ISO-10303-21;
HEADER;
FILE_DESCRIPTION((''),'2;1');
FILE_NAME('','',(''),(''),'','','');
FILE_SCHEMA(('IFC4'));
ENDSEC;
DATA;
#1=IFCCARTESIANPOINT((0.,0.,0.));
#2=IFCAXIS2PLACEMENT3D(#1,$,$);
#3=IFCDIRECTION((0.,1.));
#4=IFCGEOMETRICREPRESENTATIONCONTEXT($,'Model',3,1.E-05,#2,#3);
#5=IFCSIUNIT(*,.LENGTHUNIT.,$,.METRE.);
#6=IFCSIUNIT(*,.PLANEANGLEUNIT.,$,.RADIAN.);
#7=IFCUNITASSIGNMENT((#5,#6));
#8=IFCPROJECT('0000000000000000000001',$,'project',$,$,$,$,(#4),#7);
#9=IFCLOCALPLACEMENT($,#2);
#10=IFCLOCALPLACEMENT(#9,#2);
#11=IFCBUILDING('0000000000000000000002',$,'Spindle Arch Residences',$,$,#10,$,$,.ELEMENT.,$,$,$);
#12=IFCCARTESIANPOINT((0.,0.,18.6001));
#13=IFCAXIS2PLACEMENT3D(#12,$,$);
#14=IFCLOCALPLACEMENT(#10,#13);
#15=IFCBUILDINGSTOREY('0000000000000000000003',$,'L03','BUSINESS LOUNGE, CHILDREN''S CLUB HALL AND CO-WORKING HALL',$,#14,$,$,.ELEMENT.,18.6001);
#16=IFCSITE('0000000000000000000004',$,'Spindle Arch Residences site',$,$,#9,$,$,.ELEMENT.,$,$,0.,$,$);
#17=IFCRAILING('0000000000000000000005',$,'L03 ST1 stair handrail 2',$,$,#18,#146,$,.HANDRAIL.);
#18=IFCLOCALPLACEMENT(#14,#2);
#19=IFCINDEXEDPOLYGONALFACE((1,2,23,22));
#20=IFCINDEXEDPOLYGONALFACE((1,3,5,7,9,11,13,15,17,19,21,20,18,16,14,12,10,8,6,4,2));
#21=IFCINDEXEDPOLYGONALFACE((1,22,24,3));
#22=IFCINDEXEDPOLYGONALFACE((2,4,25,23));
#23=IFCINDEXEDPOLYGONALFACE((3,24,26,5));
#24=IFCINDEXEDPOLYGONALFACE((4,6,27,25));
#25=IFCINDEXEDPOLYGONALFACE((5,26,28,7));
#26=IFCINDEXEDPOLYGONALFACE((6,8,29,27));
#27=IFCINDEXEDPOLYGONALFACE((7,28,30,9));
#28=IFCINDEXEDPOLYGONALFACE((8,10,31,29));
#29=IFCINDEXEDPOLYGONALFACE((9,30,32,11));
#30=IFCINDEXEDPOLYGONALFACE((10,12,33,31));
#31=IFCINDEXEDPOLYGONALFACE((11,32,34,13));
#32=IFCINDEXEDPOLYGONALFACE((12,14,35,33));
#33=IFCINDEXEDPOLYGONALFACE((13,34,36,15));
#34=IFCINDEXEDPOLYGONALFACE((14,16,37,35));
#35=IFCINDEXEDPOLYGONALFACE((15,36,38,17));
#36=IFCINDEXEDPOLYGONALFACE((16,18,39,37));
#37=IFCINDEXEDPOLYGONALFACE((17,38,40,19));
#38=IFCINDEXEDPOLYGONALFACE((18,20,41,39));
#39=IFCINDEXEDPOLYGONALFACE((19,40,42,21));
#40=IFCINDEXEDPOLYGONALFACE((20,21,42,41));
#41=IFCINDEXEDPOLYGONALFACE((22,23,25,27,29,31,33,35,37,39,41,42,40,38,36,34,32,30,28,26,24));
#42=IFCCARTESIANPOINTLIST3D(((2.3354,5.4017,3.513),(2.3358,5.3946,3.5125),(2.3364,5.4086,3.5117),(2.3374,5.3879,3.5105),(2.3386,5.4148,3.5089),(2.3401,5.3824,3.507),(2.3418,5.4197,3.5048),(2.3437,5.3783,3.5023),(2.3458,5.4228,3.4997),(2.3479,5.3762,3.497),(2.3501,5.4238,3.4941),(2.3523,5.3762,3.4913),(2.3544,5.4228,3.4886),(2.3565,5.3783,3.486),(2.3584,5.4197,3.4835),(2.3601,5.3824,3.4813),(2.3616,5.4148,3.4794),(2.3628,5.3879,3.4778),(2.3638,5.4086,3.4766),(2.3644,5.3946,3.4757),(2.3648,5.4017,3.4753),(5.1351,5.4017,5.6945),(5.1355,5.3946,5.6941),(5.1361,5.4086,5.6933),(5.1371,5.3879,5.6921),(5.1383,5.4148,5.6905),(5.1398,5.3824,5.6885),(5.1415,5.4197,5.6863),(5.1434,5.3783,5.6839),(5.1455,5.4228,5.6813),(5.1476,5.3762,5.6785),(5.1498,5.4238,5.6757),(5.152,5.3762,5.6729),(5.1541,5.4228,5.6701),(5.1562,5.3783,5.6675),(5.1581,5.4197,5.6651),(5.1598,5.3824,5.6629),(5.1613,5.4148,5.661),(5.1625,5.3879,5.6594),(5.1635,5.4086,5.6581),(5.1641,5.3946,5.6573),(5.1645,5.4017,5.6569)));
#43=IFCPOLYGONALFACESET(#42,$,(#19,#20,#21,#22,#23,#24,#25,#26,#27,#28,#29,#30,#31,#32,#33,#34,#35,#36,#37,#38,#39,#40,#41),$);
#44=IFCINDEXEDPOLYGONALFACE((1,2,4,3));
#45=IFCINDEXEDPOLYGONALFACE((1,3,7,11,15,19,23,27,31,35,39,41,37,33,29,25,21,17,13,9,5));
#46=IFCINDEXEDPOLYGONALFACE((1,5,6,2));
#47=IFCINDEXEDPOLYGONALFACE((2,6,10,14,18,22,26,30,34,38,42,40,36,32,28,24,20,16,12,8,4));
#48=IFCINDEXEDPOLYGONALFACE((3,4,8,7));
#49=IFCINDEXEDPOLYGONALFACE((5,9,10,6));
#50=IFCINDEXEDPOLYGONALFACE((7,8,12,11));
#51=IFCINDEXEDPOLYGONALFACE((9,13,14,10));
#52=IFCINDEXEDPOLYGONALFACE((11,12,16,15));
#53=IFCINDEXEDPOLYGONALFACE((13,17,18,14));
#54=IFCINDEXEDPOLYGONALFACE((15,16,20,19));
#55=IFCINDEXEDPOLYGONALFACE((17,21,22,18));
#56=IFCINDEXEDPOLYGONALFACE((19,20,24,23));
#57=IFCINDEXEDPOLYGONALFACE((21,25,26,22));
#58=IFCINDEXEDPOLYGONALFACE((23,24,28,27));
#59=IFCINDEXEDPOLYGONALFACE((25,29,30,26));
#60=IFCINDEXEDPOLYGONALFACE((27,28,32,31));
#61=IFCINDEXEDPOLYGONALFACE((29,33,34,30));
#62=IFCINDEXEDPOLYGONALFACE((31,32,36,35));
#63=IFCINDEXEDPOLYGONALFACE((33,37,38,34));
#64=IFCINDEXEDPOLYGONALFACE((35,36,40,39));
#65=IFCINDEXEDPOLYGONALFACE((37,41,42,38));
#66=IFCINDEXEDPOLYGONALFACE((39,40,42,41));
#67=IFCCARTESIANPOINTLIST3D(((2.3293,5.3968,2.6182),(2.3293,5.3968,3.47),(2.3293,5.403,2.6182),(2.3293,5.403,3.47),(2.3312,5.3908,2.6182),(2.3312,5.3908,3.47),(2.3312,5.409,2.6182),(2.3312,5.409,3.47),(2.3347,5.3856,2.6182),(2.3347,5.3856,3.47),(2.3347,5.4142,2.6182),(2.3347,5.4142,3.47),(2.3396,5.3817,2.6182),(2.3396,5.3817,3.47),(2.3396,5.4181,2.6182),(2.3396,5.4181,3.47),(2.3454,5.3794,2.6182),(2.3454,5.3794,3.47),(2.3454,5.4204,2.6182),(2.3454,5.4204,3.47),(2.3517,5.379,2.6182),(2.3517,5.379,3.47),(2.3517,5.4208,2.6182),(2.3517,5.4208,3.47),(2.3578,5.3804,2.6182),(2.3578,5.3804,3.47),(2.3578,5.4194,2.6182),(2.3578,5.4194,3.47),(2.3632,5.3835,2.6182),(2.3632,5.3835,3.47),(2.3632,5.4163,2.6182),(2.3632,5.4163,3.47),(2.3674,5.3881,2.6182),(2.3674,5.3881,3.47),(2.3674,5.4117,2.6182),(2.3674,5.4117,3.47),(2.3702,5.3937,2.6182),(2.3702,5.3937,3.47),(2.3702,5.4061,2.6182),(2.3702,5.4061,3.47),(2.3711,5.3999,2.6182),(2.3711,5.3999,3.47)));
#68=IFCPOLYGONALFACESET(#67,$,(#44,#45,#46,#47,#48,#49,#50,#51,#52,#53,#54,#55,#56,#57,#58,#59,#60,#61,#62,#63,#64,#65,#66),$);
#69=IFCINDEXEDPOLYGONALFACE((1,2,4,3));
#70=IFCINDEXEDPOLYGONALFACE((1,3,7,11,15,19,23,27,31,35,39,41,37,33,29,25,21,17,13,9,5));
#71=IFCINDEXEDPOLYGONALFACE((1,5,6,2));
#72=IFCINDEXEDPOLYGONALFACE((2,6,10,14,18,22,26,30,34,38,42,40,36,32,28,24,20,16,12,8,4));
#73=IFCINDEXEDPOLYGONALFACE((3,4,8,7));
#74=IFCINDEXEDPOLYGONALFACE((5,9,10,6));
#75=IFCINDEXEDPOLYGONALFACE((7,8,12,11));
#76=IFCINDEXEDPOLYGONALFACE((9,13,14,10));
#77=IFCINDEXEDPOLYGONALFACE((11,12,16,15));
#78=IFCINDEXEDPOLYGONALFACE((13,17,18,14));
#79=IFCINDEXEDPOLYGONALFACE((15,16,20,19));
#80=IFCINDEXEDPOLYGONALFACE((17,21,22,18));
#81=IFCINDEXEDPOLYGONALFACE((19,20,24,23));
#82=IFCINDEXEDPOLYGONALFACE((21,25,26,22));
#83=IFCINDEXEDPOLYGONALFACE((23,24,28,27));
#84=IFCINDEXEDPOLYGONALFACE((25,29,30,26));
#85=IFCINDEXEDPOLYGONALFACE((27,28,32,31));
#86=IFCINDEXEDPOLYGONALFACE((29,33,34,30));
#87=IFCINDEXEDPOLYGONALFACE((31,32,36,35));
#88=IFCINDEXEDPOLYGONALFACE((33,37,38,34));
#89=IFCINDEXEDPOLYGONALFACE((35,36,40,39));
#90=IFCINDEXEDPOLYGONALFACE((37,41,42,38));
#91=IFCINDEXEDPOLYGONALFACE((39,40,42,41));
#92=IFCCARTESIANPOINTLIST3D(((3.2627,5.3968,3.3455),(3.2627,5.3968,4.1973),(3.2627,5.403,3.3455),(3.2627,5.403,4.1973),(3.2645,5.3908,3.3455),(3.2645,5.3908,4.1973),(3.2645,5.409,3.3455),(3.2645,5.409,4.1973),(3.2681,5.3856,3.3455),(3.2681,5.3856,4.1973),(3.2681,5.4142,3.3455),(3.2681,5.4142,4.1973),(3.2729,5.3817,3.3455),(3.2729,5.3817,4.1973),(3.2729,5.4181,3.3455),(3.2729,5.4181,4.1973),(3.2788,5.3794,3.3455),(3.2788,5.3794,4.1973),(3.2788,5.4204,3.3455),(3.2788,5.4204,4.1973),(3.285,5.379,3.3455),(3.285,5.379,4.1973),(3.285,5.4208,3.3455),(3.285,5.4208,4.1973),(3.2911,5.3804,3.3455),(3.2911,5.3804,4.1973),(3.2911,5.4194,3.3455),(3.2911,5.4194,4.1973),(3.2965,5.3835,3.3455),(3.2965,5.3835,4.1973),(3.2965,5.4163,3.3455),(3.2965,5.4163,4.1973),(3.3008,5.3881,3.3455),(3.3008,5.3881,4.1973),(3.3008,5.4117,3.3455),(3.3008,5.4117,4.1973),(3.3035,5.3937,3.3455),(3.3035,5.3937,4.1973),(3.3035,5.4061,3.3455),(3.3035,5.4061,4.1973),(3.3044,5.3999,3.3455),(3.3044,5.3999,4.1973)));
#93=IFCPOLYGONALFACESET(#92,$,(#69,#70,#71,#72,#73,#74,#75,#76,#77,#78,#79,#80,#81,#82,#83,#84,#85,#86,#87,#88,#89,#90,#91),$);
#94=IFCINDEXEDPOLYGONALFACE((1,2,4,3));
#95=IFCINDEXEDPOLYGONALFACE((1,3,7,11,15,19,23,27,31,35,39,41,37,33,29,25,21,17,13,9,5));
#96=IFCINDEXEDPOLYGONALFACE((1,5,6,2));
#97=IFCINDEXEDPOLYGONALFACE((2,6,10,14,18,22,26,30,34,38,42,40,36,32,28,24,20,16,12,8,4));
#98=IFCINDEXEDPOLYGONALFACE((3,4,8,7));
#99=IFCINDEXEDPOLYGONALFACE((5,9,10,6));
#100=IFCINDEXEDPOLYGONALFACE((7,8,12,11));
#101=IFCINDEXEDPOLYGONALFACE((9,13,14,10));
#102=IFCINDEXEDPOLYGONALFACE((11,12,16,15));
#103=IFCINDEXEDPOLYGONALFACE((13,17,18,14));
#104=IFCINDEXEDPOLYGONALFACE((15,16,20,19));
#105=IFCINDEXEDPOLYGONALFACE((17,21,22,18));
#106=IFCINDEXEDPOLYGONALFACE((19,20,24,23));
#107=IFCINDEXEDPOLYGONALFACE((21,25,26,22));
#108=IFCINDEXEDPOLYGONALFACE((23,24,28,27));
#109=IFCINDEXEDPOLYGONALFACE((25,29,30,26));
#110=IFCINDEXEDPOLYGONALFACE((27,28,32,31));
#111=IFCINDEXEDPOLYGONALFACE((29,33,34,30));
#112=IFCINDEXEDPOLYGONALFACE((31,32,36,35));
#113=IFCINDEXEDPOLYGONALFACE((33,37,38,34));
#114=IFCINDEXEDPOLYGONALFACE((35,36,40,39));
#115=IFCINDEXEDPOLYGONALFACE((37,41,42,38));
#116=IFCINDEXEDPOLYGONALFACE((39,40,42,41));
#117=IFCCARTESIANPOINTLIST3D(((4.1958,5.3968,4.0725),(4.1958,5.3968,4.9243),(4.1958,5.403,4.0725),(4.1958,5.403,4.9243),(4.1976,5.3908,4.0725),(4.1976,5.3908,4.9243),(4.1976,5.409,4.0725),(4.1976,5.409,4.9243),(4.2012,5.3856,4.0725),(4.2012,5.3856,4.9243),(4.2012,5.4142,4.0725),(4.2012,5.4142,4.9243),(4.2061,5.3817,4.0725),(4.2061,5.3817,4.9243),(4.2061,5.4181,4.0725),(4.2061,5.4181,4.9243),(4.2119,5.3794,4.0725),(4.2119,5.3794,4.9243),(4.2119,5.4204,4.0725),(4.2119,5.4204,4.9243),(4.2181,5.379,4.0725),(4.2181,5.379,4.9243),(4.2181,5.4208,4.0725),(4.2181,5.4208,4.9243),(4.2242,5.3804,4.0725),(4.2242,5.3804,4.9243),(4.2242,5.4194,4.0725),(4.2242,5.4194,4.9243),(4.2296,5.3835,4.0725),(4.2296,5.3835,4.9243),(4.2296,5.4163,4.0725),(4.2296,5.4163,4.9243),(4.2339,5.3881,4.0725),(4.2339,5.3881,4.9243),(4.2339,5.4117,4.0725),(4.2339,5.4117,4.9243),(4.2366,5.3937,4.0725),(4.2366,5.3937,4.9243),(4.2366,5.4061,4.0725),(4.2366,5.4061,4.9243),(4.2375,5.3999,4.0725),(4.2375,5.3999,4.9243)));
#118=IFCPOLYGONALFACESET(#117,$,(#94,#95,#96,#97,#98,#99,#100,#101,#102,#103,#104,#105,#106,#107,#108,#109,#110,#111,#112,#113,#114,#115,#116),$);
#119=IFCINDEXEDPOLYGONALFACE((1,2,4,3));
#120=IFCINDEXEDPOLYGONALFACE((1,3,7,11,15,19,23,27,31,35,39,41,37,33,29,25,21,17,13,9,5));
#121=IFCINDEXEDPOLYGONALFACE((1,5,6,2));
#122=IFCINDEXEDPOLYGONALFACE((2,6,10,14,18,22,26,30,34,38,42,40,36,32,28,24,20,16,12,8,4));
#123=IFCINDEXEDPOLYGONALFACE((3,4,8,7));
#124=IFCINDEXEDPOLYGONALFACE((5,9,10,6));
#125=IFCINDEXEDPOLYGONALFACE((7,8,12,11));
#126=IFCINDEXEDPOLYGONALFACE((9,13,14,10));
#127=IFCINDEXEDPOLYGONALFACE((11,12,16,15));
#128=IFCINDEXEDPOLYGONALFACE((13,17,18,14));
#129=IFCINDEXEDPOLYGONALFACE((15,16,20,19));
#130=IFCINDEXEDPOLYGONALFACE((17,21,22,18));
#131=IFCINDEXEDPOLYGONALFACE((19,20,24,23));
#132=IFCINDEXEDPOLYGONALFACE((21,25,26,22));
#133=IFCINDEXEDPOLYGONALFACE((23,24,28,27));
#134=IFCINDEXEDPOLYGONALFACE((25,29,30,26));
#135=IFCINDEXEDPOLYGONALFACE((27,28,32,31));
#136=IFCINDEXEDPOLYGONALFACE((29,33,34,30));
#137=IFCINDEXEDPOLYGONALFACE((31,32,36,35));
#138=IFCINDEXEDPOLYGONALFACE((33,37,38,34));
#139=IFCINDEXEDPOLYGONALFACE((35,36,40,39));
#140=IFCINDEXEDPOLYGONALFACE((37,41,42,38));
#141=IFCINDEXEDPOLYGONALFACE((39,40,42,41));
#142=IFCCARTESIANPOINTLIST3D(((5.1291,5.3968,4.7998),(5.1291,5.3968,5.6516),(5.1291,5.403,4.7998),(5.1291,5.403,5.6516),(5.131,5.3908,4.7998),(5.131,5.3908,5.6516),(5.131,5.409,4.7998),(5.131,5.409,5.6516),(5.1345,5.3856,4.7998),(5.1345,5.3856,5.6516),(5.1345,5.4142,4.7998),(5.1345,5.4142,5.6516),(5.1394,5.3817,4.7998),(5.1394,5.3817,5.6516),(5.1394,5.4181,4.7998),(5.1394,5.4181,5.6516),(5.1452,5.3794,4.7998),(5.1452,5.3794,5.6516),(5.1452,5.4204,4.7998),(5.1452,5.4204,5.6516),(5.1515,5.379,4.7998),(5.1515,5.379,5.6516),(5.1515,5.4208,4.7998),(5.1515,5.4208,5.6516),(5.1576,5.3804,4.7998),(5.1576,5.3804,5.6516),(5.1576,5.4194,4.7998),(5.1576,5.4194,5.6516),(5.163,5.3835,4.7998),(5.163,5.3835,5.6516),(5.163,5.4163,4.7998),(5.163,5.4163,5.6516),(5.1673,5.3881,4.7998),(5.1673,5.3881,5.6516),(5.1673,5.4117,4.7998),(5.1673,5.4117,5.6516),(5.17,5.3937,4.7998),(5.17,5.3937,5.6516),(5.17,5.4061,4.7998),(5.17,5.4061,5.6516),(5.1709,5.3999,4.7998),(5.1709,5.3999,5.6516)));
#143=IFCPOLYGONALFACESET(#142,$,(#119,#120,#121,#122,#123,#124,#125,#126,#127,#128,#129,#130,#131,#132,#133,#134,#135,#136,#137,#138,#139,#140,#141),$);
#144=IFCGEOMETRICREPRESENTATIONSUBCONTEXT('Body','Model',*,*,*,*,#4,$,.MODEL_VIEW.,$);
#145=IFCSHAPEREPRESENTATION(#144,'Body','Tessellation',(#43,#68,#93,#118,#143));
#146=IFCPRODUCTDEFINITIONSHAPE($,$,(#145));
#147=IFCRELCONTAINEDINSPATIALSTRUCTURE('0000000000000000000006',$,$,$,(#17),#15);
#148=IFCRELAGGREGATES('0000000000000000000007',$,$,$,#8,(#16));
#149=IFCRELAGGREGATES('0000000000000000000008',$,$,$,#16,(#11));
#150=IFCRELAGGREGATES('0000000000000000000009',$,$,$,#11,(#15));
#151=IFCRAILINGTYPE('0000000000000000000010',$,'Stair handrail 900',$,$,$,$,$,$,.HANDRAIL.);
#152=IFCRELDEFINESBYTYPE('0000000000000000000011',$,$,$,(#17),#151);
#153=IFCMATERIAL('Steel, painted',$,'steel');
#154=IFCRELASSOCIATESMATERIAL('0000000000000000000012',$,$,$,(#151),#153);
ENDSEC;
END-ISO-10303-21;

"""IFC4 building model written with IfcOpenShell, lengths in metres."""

from ifc_helpers import new_model, si_unit, direction, frame, origin, origin_2d, place, context, subcontext, project, spatial, circle, extrude, material, type_object, element, save


model = new_model("IFC4")

# Units and contexts
model_context = context("Model", 3, precision=1e-05, world=origin(), true_north=direction((0.0, 1.0)))
body_context = subcontext(model_context, "Body", "Model", "MODEL_VIEW")
ifc_project = project(units=[si_unit("LENGTHUNIT", "METRE"), si_unit("PLANEANGLEUNIT", "RADIAN")], contexts=[model_context])

# Site, building, storey
site_placement = place(None, origin())
site = spatial("IfcSite", under=ifc_project, at=site_placement, Name="Spindle Arch Residences site", CompositionType="ELEMENT", RefElevation=0.0)
building_placement = place(site_placement, origin())
building = spatial("IfcBuilding", under=site, at=building_placement, Name="Spindle Arch Residences", CompositionType="ELEMENT")
storey_placement = place(building_placement, frame((0.0, 0.0, 18.6001)))
storey = spatial("IfcBuildingStorey", under=building, at=storey_placement, Name="L03", Description="BUSINESS LOUNGE, CHILDREN'S CLUB HALL AND CO-WORKING HALL", CompositionType="ELEMENT", Elevation=18.6001)

# Railing
ifc_material_1 = material(Name="Steel, painted", Category="steel")
railing_type_1 = type_object("IfcRailingType", Name="Stair handrail 900", PredefinedType="HANDRAIL", material=ifc_material_1)
railing_1_placement = place(storey_placement, frame((2.3501, 5.3999, 2.6182)))
element("IfcRailing", 1, at=railing_1_placement, inside=storey, type_object=railing_type_1, Name="L03 ST1 stair handrail 2", PredefinedType="HANDRAIL", context=body_context, shape_type="SweptSolid", body=[
    extrude(circle(Radius=0.0239, at=origin_2d()), frame((0.0, 0.0, 0.876), z_axis=(0.788804, 0.0, 0.614645), x_axis=(0.0, 1.0, 0.0)), (0.0, 0.0, 1.0), 3.5493),
    extrude(circle(Radius=0.021, at=origin_2d()), origin(), (0.0, 0.0, 1.0), 0.8518),
    extrude(circle(Radius=0.021, at=origin_2d()), frame((0.9333, 0.0, 0.7273)), (0.0, 0.0, 1.0), 0.8518),
    extrude(circle(Radius=0.021, at=origin_2d()), frame((1.8665, 0.0, 1.4543)), (0.0, 0.0, 1.0), 0.8518),
    extrude(circle(Radius=0.021, at=origin_2d()), frame((2.7998, 0.0, 2.1816)), (0.0, 0.0, 1.0), 0.8518),
])

save(model, "model.ifc")
